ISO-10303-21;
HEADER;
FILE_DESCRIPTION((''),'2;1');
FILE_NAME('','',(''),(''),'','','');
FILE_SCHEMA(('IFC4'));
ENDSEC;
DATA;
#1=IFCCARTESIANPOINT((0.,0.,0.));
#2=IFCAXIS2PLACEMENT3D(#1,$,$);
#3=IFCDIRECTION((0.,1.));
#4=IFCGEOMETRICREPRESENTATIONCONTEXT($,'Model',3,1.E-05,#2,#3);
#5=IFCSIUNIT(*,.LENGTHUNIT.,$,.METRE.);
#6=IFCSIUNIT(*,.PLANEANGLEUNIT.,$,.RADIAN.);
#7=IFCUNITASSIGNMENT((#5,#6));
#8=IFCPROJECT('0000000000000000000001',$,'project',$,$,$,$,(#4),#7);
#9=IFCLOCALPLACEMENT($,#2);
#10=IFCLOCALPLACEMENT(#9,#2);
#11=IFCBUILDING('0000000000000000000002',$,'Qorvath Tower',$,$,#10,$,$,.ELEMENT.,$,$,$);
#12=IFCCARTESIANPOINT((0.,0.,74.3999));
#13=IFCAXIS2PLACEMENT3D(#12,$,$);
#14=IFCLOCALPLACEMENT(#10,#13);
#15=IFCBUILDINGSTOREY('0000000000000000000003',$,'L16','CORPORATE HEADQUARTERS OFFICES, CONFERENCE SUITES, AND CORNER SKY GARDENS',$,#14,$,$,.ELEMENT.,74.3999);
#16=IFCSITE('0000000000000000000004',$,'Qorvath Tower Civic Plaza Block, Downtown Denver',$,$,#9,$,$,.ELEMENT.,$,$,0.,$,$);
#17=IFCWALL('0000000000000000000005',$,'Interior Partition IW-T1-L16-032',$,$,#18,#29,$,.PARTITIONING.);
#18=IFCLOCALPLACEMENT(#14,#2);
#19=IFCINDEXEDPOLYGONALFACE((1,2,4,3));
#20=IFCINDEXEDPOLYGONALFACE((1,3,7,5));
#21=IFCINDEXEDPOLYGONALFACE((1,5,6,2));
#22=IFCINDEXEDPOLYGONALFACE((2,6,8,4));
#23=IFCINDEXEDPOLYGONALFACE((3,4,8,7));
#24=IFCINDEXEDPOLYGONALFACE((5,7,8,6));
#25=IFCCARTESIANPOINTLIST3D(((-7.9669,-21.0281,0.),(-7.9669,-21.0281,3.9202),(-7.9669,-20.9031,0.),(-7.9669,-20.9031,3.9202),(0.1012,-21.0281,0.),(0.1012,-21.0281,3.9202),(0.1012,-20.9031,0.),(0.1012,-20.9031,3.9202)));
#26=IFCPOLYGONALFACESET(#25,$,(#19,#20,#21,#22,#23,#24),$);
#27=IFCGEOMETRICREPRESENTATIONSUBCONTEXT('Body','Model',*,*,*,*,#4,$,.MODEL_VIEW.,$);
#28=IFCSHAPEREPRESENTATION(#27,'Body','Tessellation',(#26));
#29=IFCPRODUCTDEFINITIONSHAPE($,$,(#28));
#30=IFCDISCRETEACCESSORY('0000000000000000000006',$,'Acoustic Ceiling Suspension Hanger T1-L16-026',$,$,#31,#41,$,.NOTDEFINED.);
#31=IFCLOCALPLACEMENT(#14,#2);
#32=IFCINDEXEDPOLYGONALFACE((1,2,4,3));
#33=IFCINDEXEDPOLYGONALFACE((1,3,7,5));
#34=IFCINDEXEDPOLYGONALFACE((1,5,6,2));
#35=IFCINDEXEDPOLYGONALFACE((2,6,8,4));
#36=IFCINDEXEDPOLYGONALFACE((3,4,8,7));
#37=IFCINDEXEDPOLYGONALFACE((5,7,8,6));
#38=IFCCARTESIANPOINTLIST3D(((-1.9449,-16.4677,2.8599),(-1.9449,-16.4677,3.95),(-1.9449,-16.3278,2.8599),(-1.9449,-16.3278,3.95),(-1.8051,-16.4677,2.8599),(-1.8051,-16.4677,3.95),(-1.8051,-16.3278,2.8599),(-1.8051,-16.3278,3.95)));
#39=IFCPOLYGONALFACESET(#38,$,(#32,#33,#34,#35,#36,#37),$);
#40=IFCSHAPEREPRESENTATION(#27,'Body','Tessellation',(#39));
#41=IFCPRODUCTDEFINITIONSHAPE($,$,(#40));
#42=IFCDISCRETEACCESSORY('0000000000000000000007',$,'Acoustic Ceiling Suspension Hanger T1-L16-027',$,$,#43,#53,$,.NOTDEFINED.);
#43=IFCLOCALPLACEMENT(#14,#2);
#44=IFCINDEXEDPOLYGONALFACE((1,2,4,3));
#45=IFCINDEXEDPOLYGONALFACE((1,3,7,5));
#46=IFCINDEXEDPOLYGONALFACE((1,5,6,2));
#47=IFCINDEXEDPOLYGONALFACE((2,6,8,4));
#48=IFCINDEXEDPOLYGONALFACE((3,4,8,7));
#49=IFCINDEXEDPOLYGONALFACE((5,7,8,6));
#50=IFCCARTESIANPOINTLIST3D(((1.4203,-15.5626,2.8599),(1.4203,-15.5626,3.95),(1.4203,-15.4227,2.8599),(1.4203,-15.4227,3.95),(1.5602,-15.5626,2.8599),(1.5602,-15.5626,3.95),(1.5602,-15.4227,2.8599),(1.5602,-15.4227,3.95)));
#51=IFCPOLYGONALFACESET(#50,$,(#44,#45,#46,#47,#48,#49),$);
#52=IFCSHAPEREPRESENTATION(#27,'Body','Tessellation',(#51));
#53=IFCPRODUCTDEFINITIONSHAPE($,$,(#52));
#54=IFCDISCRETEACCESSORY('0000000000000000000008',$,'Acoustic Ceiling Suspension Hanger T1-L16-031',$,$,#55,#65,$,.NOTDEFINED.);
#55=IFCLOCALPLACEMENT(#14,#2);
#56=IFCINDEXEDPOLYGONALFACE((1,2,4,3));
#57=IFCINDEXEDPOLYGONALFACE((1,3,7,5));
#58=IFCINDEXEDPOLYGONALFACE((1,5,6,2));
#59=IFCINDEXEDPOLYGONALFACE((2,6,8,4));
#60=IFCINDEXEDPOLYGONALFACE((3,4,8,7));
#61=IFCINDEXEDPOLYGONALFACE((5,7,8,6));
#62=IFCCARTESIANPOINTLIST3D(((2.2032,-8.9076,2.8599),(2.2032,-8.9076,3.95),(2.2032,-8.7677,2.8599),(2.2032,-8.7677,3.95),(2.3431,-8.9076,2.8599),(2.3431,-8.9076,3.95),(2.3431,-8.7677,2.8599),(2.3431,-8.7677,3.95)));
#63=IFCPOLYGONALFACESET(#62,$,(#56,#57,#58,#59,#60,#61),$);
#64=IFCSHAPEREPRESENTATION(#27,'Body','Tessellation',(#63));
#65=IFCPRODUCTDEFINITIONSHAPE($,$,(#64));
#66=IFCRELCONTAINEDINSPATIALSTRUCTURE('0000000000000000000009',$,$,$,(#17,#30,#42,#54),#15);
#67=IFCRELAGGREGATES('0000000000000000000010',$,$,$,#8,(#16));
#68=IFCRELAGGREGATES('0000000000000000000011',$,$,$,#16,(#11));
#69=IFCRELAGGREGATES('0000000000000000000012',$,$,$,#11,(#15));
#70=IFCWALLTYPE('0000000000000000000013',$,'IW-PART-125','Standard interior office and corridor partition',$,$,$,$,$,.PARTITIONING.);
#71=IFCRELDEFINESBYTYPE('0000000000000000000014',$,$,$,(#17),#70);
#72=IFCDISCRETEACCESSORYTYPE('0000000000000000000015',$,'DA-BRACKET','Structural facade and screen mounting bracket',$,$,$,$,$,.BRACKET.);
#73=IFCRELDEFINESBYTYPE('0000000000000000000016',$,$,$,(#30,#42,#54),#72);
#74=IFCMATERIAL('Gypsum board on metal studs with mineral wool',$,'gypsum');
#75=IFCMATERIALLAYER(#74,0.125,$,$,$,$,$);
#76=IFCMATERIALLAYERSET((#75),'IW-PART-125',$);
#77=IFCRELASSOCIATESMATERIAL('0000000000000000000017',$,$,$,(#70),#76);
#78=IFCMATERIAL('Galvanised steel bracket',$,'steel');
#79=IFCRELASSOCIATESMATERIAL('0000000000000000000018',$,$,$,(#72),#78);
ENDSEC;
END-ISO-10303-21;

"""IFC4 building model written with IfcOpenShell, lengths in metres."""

from ifc_helpers import new_model, si_unit, direction, frame, frame_2d, origin, origin_2d, place, context, subcontext, project, spatial, rectangle, extrude, material, layer, layer_set, type_object, element, save


model = new_model("IFC4")

# Units and contexts
model_context = context("Model", 3, precision=1e-05, world=origin(), true_north=direction((0.0, 1.0)))
body_context = subcontext(model_context, "Body", "Model", "MODEL_VIEW")
ifc_project = project(units=[si_unit("LENGTHUNIT", "METRE"), si_unit("PLANEANGLEUNIT", "RADIAN")], contexts=[model_context])

# Site, building, storey
site_placement = place(None, origin())
site = spatial("IfcSite", under=ifc_project, at=site_placement, Name="Qorvath Tower Civic Plaza Block, Downtown Denver", CompositionType="ELEMENT", RefElevation=0.0)
building_placement = place(site_placement, origin())
building = spatial("IfcBuilding", under=site, at=building_placement, Name="Qorvath Tower", CompositionType="ELEMENT")
storey_placement = place(building_placement, frame((0.0, 0.0, 74.3999)))
storey = spatial("IfcBuildingStorey", under=building, at=storey_placement, Name="L16", Description="CORPORATE HEADQUARTERS OFFICES, CONFERENCE SUITES, AND CORNER SKY GARDENS", CompositionType="ELEMENT", Elevation=74.3999)

# Wall
ifc_material_1 = material(Name="Gypsum board on metal studs with mineral wool", Category="gypsum")
ifc_layer_1 = layer(ifc_material_1, 0.125)
ifc_layer_set_1 = layer_set([ifc_layer_1], Name="IW-PART-125")
wall_type_1 = type_object("IfcWallType", Name="IW-PART-125", Description="Standard interior office and corridor partition", PredefinedType="PARTITIONING", material=ifc_layer_set_1)
wall_1_placement = place(storey_placement, frame((0.1013, -20.9656, 0.0), z_axis=(0.0, 0.0, 1.0), x_axis=(-1.0, 0.0, 0.0)))
element("IfcWall", 1, at=wall_1_placement, inside=storey, type_object=wall_type_1, Name="Interior Partition IW-T1-L16-032", PredefinedType="PARTITIONING", context=body_context, shape_type="SweptSolid", body=[
    extrude(rectangle(XDim=8.0681, YDim=0.125, at=frame_2d((4.0342, 0.0))), origin(), (0.0, 0.0, 1.0), 3.9202),
])

# Discrete accessories
ifc_material_2 = material(Name="Galvanised steel bracket", Category="steel")
discrete_accessory_type = type_object("IfcDiscreteAccessoryType", Name="DA-BRACKET", Description="Structural facade and screen mounting bracket", PredefinedType="BRACKET", material=ifc_material_2)
for number, where, z_axis, x_axis, name in (
    (2, (-1.875, -16.3977, 2.8599), (0.0, 0.0, 1.0), (1.0, 0.0, 0.0), "Acoustic Ceiling Suspension Hanger T1-L16-026"),
    (3, (1.4902, -15.4927, 2.8599), (0.0, 0.0, 1.0), (1.0, 0.0, 0.0), "Acoustic Ceiling Suspension Hanger T1-L16-027"),
    (4, (2.2732, -8.8376, 2.8599), (0.0, 0.0, 1.0), (1.0, 0.0, 0.0), "Acoustic Ceiling Suspension Hanger T1-L16-031"),
):
    element("IfcDiscreteAccessory", number, at=place(storey_placement, frame(where, z_axis=z_axis, x_axis=x_axis)), inside=storey, type_object=discrete_accessory_type, Name=name, PredefinedType="NOTDEFINED", context=body_context, shape_type="SweptSolid", body=[
        extrude(rectangle(XDim=0.1399, YDim=0.1399, at=origin_2d()), origin(), (0.0, 0.0, 1.0), 1.0901),
    ])

save(model, "model.ifc")
